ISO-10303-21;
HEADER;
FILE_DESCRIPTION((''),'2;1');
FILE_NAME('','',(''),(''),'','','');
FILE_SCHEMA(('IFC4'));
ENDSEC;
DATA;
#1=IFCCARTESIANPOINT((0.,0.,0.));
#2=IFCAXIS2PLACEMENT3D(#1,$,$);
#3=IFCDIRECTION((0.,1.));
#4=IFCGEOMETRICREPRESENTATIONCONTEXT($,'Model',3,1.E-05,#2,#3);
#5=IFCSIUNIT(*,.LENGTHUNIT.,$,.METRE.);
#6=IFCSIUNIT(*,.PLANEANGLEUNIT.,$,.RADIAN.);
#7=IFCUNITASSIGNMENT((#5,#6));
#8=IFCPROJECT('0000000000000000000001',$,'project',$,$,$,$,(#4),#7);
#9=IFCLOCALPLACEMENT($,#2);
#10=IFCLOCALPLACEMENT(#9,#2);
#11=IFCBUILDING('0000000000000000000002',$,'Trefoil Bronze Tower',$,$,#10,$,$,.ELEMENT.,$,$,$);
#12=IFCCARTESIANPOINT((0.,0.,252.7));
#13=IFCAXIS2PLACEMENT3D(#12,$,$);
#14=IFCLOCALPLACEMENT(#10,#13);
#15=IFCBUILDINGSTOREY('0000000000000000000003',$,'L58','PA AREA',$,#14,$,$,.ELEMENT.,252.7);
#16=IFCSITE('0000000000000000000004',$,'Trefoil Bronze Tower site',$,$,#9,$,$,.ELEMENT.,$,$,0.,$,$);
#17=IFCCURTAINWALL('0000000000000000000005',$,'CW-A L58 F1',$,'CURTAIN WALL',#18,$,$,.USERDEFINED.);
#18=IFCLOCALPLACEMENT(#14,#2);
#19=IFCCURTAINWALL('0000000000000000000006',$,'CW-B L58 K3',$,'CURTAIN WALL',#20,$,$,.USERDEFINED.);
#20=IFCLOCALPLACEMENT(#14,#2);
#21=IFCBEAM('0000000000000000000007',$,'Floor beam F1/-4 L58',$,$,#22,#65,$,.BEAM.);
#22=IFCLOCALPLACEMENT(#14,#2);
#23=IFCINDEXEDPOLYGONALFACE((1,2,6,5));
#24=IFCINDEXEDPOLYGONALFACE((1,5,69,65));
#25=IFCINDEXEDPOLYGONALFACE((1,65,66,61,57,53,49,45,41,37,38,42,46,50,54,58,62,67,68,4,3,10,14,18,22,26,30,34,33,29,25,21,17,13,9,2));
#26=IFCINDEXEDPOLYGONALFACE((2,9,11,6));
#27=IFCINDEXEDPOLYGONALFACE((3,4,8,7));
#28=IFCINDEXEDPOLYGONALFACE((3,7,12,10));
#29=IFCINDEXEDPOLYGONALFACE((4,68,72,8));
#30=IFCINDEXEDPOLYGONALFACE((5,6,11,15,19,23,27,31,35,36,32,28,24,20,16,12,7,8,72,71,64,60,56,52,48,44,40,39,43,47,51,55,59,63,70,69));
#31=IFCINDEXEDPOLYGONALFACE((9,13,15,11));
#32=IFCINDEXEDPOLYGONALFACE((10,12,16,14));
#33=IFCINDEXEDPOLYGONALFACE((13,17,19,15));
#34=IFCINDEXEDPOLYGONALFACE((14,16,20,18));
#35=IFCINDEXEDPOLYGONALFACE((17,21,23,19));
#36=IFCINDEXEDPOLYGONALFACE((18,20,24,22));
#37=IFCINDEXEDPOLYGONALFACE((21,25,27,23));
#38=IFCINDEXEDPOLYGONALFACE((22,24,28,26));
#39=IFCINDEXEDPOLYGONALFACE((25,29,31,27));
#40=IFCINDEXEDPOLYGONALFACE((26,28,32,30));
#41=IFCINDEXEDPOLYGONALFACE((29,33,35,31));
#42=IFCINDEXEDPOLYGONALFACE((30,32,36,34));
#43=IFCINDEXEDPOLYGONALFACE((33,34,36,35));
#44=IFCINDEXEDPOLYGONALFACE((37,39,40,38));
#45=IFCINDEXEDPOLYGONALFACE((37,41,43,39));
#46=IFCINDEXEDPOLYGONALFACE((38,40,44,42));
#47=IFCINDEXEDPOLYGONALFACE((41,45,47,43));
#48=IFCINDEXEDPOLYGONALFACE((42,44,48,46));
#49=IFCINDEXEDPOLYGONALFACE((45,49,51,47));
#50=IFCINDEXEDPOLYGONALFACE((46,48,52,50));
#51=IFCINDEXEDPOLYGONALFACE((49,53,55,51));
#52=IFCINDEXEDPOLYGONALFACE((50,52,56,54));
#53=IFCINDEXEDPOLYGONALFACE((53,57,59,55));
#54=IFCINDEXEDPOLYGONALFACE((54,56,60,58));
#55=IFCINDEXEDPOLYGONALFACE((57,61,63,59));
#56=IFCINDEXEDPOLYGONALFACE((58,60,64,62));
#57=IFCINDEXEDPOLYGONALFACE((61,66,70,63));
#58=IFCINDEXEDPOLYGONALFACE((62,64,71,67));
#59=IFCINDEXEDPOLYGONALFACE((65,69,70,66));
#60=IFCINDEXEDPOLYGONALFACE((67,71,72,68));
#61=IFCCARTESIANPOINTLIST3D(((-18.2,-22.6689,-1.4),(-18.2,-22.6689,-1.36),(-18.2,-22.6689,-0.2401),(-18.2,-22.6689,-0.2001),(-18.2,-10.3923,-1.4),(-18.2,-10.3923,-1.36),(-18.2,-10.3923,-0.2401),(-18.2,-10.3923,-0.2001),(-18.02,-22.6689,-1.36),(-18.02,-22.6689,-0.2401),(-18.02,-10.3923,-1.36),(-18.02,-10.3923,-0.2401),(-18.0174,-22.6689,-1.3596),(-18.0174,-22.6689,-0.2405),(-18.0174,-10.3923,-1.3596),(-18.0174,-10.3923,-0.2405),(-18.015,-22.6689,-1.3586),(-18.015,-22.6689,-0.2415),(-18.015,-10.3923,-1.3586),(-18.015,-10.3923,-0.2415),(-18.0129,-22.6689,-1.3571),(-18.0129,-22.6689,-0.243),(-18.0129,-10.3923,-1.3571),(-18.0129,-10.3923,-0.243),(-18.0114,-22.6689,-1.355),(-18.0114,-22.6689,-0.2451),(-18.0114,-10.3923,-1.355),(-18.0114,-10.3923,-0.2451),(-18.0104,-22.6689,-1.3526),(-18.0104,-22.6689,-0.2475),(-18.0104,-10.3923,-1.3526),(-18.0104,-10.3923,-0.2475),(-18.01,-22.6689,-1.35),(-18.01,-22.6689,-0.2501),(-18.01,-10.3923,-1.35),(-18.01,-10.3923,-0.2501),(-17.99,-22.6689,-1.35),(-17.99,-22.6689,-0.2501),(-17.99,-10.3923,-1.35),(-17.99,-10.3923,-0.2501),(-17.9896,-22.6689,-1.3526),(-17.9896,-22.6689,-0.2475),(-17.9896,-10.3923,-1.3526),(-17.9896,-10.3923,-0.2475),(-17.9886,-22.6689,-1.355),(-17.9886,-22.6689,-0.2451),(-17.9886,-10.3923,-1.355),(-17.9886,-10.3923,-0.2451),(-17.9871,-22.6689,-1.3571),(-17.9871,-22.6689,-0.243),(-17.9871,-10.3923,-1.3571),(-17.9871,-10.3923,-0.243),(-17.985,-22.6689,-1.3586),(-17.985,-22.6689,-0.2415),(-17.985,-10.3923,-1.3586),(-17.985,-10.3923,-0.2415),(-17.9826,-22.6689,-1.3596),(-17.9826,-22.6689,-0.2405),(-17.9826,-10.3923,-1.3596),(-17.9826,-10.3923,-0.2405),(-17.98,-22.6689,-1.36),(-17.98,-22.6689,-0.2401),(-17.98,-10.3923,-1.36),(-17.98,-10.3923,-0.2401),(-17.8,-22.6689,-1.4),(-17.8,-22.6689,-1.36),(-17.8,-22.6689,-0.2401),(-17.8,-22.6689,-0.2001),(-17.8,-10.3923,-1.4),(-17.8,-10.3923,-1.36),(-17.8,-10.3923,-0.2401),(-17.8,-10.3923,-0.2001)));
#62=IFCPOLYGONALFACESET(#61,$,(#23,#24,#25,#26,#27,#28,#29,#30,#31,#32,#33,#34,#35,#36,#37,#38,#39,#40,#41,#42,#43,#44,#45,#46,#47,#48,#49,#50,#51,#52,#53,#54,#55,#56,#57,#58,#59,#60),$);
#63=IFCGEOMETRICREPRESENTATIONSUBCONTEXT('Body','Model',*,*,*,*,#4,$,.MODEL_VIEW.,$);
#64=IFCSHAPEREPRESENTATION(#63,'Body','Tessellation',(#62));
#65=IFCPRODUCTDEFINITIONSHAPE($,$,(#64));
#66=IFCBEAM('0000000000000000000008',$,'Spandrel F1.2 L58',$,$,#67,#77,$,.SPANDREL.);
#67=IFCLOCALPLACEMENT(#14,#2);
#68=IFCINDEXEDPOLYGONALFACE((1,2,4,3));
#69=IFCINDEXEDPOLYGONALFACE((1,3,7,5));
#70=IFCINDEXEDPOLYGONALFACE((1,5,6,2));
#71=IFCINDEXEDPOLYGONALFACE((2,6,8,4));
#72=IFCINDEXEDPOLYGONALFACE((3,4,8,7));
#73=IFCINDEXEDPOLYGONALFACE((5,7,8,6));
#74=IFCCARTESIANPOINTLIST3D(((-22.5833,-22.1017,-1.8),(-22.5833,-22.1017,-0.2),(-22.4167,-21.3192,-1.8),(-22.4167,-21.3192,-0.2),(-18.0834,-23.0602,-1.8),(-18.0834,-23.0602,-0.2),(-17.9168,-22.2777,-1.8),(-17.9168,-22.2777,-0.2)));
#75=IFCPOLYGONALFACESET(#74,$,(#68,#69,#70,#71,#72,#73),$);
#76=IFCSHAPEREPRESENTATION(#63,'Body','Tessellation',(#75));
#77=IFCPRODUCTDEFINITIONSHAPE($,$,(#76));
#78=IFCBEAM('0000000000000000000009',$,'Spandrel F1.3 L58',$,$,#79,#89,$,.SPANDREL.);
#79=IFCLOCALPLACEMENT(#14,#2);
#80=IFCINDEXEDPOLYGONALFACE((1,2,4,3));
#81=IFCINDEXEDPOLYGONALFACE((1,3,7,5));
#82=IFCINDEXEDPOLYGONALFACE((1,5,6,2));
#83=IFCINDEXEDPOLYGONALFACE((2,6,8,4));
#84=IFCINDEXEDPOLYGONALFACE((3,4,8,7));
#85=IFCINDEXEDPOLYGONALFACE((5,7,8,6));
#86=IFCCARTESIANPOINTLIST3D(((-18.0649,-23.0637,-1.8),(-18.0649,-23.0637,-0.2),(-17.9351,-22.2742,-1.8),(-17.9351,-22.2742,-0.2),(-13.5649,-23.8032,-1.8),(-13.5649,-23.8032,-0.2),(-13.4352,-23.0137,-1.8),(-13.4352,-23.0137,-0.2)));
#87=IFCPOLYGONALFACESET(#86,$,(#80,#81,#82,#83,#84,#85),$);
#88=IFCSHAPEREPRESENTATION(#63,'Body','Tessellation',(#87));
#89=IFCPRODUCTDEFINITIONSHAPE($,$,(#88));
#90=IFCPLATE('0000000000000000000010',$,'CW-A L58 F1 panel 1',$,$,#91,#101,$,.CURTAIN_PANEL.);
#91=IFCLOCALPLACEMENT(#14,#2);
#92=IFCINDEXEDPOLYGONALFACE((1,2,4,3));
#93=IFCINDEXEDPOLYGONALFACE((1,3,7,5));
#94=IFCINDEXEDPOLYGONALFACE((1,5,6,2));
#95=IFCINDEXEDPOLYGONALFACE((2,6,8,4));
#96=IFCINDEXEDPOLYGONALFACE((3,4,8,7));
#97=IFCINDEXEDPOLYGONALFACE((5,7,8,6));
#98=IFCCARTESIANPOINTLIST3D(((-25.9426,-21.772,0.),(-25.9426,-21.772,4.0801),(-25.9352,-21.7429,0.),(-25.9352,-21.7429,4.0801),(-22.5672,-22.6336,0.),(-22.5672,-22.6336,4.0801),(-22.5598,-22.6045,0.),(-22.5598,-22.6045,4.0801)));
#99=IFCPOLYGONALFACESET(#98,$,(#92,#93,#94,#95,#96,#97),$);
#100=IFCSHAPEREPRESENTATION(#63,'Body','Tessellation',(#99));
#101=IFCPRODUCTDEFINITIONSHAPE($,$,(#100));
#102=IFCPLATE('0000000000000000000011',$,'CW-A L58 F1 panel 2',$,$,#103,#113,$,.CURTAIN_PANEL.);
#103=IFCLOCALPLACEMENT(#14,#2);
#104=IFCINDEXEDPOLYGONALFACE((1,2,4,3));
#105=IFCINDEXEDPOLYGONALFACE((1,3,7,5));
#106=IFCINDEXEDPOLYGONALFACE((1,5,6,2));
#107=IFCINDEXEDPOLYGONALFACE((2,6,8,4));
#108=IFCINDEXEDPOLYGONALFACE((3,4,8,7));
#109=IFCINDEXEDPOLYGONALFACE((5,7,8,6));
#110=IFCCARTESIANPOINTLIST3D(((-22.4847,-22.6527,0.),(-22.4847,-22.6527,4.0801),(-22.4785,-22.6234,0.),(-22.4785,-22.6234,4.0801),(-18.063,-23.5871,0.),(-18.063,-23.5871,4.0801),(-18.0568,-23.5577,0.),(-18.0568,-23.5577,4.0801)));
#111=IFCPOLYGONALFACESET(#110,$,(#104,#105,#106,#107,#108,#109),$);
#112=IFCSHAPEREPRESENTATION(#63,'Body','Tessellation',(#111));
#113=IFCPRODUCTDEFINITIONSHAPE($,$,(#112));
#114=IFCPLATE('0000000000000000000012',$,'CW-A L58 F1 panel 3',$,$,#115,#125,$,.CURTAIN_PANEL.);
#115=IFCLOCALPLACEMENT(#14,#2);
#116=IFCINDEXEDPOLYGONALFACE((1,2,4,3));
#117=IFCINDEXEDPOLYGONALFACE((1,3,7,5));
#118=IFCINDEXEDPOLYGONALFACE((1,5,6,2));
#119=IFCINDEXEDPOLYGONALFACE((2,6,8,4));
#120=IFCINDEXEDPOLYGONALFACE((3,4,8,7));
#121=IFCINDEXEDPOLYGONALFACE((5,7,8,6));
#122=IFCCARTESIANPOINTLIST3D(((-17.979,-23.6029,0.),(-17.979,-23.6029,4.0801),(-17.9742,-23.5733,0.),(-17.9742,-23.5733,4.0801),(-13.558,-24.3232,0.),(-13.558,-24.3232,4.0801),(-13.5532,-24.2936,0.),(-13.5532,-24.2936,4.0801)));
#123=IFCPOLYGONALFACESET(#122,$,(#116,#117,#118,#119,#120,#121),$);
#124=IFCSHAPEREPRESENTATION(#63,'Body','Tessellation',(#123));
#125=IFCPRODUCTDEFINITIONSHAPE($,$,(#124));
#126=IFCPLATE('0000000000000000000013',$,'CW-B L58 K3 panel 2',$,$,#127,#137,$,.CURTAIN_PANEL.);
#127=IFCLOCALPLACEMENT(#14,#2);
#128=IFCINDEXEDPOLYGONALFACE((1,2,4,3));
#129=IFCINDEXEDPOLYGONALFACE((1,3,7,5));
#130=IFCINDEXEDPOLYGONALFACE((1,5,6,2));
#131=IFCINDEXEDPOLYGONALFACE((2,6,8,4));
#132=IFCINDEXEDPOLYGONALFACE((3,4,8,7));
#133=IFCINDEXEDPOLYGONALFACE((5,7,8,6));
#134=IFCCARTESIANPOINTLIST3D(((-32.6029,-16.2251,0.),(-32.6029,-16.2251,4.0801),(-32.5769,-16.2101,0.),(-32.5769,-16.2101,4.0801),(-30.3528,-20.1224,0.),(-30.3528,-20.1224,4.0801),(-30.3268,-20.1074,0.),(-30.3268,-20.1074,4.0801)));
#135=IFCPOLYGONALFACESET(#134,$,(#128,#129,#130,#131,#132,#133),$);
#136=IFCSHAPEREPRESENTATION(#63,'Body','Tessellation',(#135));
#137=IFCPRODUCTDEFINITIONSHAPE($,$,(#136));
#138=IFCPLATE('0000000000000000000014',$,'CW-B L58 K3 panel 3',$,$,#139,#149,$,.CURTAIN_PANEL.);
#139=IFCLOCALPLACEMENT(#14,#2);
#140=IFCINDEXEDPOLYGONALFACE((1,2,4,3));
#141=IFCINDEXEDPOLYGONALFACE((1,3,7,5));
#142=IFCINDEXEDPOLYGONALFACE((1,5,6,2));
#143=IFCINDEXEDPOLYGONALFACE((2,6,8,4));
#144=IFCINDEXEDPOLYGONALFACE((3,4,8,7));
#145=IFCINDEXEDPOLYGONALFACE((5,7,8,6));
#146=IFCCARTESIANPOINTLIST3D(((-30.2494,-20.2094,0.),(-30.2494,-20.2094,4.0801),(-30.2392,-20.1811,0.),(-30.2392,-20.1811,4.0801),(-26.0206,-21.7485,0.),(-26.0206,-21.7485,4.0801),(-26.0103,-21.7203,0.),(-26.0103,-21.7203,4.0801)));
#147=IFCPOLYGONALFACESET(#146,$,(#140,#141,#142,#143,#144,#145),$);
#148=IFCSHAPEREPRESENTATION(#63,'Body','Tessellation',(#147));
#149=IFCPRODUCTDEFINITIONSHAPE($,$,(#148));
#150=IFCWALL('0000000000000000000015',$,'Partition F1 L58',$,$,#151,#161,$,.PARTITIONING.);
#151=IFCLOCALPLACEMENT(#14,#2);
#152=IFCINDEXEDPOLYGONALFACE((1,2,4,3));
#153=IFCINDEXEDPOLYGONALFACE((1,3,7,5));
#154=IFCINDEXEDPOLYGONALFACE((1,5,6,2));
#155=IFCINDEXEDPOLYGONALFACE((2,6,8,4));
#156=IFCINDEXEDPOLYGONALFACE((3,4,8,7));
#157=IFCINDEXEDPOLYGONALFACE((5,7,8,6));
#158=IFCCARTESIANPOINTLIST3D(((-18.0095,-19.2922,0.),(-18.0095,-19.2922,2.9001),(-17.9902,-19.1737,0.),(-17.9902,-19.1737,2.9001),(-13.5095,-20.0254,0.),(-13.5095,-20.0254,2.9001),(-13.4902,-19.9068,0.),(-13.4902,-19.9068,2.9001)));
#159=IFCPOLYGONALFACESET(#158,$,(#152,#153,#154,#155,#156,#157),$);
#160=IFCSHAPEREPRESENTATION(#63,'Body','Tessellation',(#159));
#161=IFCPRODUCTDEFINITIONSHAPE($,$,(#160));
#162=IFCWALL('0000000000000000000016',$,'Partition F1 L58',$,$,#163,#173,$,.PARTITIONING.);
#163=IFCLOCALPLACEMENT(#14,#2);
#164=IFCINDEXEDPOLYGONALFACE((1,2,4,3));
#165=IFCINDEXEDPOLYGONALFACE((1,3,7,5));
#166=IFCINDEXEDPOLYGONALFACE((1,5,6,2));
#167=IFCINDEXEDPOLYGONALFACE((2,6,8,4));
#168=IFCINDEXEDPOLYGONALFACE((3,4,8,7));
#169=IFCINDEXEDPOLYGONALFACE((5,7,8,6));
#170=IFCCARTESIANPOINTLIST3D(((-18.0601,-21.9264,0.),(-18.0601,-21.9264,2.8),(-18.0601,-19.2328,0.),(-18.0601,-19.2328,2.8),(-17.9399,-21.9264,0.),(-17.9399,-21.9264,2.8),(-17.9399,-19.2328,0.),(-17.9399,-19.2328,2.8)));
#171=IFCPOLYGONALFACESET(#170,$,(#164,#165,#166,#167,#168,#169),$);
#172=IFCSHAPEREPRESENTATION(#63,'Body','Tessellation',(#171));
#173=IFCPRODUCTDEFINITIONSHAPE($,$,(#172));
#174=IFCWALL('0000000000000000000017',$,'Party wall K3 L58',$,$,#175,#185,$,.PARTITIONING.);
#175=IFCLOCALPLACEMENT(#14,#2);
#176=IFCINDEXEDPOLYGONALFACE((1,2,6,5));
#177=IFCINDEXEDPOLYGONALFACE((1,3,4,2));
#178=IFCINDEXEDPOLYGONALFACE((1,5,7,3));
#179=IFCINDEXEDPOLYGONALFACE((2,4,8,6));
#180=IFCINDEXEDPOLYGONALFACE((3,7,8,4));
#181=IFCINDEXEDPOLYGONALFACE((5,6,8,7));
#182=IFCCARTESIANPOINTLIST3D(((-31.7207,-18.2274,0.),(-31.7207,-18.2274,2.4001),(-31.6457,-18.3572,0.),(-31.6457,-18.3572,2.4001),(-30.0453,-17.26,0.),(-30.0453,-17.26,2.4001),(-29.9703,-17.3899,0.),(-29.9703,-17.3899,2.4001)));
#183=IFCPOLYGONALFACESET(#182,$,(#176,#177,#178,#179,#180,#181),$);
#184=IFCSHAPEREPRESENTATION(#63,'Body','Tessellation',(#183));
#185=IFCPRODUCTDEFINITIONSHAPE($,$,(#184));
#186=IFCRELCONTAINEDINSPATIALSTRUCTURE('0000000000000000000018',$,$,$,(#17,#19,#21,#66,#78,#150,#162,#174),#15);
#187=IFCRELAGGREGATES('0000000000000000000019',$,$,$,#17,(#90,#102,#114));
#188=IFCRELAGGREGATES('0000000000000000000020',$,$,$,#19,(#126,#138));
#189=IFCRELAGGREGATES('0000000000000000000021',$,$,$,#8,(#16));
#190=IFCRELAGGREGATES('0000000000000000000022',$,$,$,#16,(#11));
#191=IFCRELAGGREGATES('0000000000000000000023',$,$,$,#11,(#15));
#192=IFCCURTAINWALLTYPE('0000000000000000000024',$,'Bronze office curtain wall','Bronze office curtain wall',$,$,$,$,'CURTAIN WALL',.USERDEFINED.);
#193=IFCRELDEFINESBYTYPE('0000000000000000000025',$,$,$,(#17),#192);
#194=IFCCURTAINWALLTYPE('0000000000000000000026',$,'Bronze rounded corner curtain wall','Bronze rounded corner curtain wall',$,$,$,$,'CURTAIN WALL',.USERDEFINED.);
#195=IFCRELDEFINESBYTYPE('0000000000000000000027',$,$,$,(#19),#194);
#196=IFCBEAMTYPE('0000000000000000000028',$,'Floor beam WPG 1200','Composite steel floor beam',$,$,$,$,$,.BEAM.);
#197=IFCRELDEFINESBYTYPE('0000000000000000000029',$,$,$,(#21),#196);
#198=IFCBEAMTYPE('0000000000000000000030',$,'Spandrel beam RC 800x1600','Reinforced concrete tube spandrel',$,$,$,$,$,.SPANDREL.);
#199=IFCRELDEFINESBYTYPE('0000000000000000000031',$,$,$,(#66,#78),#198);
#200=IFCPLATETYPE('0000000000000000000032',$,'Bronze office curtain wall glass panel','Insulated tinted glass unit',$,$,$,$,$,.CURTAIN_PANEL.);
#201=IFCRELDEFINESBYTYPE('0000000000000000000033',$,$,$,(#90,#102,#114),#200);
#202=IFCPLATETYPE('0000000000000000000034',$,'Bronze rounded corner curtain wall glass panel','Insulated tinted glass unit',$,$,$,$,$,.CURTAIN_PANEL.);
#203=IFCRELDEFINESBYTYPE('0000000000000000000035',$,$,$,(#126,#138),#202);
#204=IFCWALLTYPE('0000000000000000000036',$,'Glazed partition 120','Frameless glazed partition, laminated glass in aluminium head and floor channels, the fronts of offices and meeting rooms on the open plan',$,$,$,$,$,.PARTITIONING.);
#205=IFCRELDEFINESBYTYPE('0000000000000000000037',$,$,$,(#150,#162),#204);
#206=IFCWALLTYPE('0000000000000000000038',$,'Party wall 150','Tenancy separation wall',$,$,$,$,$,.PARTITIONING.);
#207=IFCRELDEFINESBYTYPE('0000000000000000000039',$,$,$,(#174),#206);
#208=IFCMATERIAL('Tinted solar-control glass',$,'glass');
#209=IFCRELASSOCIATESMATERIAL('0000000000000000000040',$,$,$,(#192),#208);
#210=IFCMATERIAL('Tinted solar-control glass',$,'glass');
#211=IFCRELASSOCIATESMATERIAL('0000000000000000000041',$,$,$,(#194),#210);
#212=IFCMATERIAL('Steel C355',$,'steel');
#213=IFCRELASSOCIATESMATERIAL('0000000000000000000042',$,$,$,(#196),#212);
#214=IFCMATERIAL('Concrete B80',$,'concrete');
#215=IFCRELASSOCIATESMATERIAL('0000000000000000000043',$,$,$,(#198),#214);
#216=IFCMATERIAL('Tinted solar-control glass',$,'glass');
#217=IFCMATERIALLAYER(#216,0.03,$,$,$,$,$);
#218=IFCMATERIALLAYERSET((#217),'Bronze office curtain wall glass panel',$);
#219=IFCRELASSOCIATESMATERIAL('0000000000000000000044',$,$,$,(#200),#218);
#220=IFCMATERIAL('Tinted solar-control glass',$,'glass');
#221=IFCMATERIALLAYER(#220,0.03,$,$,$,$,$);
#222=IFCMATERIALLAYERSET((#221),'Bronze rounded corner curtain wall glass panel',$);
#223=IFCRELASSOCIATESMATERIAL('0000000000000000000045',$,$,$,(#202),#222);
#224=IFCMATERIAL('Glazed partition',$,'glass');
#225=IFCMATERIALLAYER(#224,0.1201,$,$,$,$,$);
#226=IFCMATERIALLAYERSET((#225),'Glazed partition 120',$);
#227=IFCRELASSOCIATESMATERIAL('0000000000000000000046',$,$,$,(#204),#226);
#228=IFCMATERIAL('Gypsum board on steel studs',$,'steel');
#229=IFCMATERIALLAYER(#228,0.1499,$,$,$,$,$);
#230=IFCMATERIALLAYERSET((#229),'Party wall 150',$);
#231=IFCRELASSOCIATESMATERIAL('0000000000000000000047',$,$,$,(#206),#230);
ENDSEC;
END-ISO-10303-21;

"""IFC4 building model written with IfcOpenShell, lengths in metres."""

from ifc_helpers import new_model, si_unit, direction, frame, frame_2d, origin, origin_2d, place, context, subcontext, project, spatial, rectangle, i_section, extrude, material, layer, layer_set, material_profile, profile_set, type_object, element, aggregate, save


model = new_model("IFC4")

# Units and contexts
model_context = context("Model", 3, precision=1e-05, world=origin(), true_north=direction((0.0, 1.0)))
body_context = subcontext(model_context, "Body", "Model", "MODEL_VIEW")
ifc_project = project(units=[si_unit("LENGTHUNIT", "METRE"), si_unit("PLANEANGLEUNIT", "RADIAN")], contexts=[model_context])

# Site, building, storey
site_placement = place(None, origin())
site = spatial("IfcSite", under=ifc_project, at=site_placement, Name="Trefoil Bronze Tower site", CompositionType="ELEMENT", RefElevation=0.0)
building_placement = place(site_placement, origin())
building = spatial("IfcBuilding", under=site, at=building_placement, Name="Trefoil Bronze Tower", CompositionType="ELEMENT")
storey_placement = place(building_placement, frame((0.0, 0.0, 252.7)))
storey = spatial("IfcBuildingStorey", under=building, at=storey_placement, Name="L58", Description="PA AREA", CompositionType="ELEMENT", Elevation=252.7)

# Curtain walls
ifc_material_1 = material(Name="Tinted solar-control glass", Category="glass")
curtain_wall_type_1 = type_object("IfcCurtainWallType", Name="Bronze office curtain wall", Description="Bronze office curtain wall", ElementType="CURTAIN WALL", PredefinedType="USERDEFINED", material=ifc_material_1)
curtain_wall_1_placement = place(storey_placement, origin())
curtain_wall_1 = element("IfcCurtainWall", 1, at=curtain_wall_1_placement, inside=storey, type_object=curtain_wall_type_1, Name="CW-A L58 F1", ObjectType="CURTAIN WALL", PredefinedType="USERDEFINED")
ifc_material_2 = material(Name="Tinted solar-control glass", Category="glass")
curtain_wall_type_2 = type_object("IfcCurtainWallType", Name="Bronze rounded corner curtain wall", Description="Bronze rounded corner curtain wall", ElementType="CURTAIN WALL", PredefinedType="USERDEFINED", material=ifc_material_2)
curtain_wall_2_placement = place(storey_placement, origin())
curtain_wall_2 = element("IfcCurtainWall", 2, at=curtain_wall_2_placement, inside=storey, type_object=curtain_wall_type_2, Name="CW-B L58 K3", ObjectType="CURTAIN WALL", PredefinedType="USERDEFINED")

# Beams
ifc_material_3 = material(Name="Steel C355", Category="steel")
ifc_material_profile_1 = material_profile(ifc_material_3, i_section(OverallWidth=0.3999, OverallDepth=1.2, WebThickness=0.02, FlangeThickness=0.04, FilletRadius=0.01, at=origin_2d()), Name="WPG 1200")
ifc_profile_set_1 = profile_set([ifc_material_profile_1], Name="Steel C355")
beam_type_1 = type_object("IfcBeamType", Name="Floor beam WPG 1200", Description="Composite steel floor beam", PredefinedType="BEAM", material=ifc_profile_set_1)
beam_1_placement = place(storey_placement, frame((-18.0, -22.6689, -0.8), z_axis=(0.0, 1.0, 0.0), x_axis=(-1.0, 0.0, 0.0)))
element("IfcBeam", 3, at=beam_1_placement, inside=storey, type_object=beam_type_1, Name="Floor beam F1/-4 L58", PredefinedType="BEAM", context=body_context, shape_type="SweptSolid", body=[
    extrude(i_section(OverallWidth=0.3999, OverallDepth=1.2, WebThickness=0.02, FlangeThickness=0.04, FilletRadius=0.01, at=origin_2d()), origin(), (0.0, 0.0, 1.0), 12.2766),
])
ifc_material_4 = material(Name="Concrete B80", Category="concrete")
ifc_material_profile_2 = material_profile(ifc_material_4, rectangle(XDim=0.8, YDim=1.6001, at=origin_2d()), Name="RC 800x1600")
ifc_profile_set_2 = profile_set([ifc_material_profile_2], Name="Concrete B80")
beam_type_2 = type_object("IfcBeamType", Name="Spandrel beam RC 800x1600", Description="Reinforced concrete tube spandrel", PredefinedType="SPANDREL", material=ifc_profile_set_2)
beam_2_placement = place(storey_placement, frame((-22.5, -21.7104, -1.0), z_axis=(0.978059, -0.208326, 0.0), x_axis=(0.208326, 0.978059, 0.0)))
element("IfcBeam", 4, at=beam_2_placement, inside=storey, type_object=beam_type_2, Name="Spandrel F1.2 L58", PredefinedType="SPANDREL", context=body_context, shape_type="SweptSolid", body=[
    extrude(rectangle(XDim=0.8, YDim=1.6001, at=origin_2d()), origin(), (0.0, 0.0, 1.0), 4.6008),
])
beam_3_placement = place(storey_placement, frame((-18.0, -22.6689, -1.0), z_axis=(0.986765, -0.162159, 0.0), x_axis=(0.162159, 0.986765, 0.0)))
element("IfcBeam", 5, at=beam_3_placement, inside=storey, type_object=beam_type_2, Name="Spandrel F1.3 L58", PredefinedType="SPANDREL", context=body_context, shape_type="SweptSolid", body=[
    extrude(rectangle(XDim=0.8, YDim=1.6001, at=origin_2d()), origin(), (0.0, 0.0, 1.0), 4.5603),
])

# Plates
ifc_material_5 = material(Name="Tinted solar-control glass", Category="glass")
ifc_layer_1 = layer(ifc_material_5, 0.03)
ifc_layer_set_1 = layer_set([ifc_layer_1], Name="Bronze office curtain wall glass panel")
plate_type_1 = type_object("IfcPlateType", Name="Bronze office curtain wall glass panel", Description="Insulated tinted glass unit", PredefinedType="CURTAIN_PANEL", material=ifc_layer_set_1)
plate_1_placement = place(storey_placement, frame((-24.2512, -22.1882, 0.0), z_axis=(0.0, 0.0, 1.0), x_axis=(0.968934, -0.247319, 0.0)))
plate_1 = element("IfcPlate", 6, at=plate_1_placement, type_object=plate_type_1, Name="CW-A L58 F1 panel 1", PredefinedType="CURTAIN_PANEL", context=body_context, shape_type="SweptSolid", body=[
    extrude(rectangle(XDim=3.4836, YDim=0.03, at=origin_2d()), origin(), (0.0, 0.0, 1.0), 4.0801),
])
plate_2_placement = place(storey_placement, frame((-20.2708, -23.1052, 0.0), z_axis=(0.0, 0.0, 1.0), x_axis=(0.978394, -0.206747, 0.0)))
plate_2 = element("IfcPlate", 7, at=plate_2_placement, type_object=plate_type_1, Name="CW-A L58 F1 panel 2", PredefinedType="CURTAIN_PANEL", context=body_context, shape_type="SweptSolid", body=[
    extrude(rectangle(XDim=4.5193, YDim=0.03, at=origin_2d()), origin(), (0.0, 0.0, 1.0), 4.0801),
])
plate_3_placement = place(storey_placement, frame((-15.7661, -23.9482, 0.0), z_axis=(0.0, 0.0, 1.0), x_axis=(0.986987, -0.160803, 0.0)))
plate_3 = element("IfcPlate", 8, at=plate_3_placement, type_object=plate_type_1, Name="CW-A L58 F1 panel 3", PredefinedType="CURTAIN_PANEL", context=body_context, shape_type="SweptSolid", body=[
    extrude(rectangle(XDim=4.4792, YDim=0.03, at=origin_2d()), origin(), (0.0, 0.0, 1.0), 4.0801),
])
aggregate(curtain_wall_1, [plate_1, plate_2, plate_3])
ifc_material_6 = material(Name="Tinted solar-control glass", Category="glass")
ifc_layer_2 = layer(ifc_material_6, 0.03)
ifc_layer_set_2 = layer_set([ifc_layer_2], Name="Bronze rounded corner curtain wall glass panel")
plate_type_2 = type_object("IfcPlateType", Name="Bronze rounded corner curtain wall glass panel", Description="Insulated tinted glass unit", PredefinedType="CURTAIN_PANEL", material=ifc_layer_set_2)
plate_4_placement = place(storey_placement, frame((-31.4648, -18.1663, 0.0), z_axis=(0.0, 0.0, 1.0), x_axis=(0.5, -0.866025, 0.0)))
plate_4 = element("IfcPlate", 9, at=plate_4_placement, type_object=plate_type_2, Name="CW-B L58 K3 panel 2", PredefinedType="CURTAIN_PANEL", context=body_context, shape_type="SweptSolid", body=[
    extrude(rectangle(XDim=4.5002, YDim=0.03, at=origin_2d()), origin(), (0.0, 0.0, 1.0), 4.0801),
])
plate_5_placement = place(storey_placement, frame((-28.1299, -20.9648, 0.0), z_axis=(0.0, 0.0, 1.0), x_axis=(0.939693, -0.34202, 0.0)))
plate_5 = element("IfcPlate", 10, at=plate_5_placement, type_object=plate_type_2, Name="CW-B L58 K3 panel 3", PredefinedType="CURTAIN_PANEL", context=body_context, shape_type="SweptSolid", body=[
    extrude(rectangle(XDim=4.5002, YDim=0.03, at=origin_2d()), origin(), (0.0, 0.0, 1.0), 4.0801),
])
aggregate(curtain_wall_2, [plate_4, plate_5])

# Walls
ifc_material_7 = material(Name="Glazed partition", Category="glass")
ifc_layer_3 = layer(ifc_material_7, 0.1201)
ifc_layer_set_3 = layer_set([ifc_layer_3], Name="Glazed partition 120")
wall_type_1 = type_object("IfcWallType", Name="Glazed partition 120", Description="Frameless glazed partition, laminated glass in aluminium head and floor channels, the fronts of offices and meeting rooms on the open plan", PredefinedType="PARTITIONING", material=ifc_layer_set_3)
wall_1_placement = place(storey_placement, frame((-18.0, -19.2329, 0.0), z_axis=(0.0, 0.0, 1.0), x_axis=(0.986987, -0.160803, 0.0)))
element("IfcWall", 11, at=wall_1_placement, inside=storey, type_object=wall_type_1, Name="Partition F1 L58", PredefinedType="PARTITIONING", context=body_context, shape_type="SweptSolid", body=[
    extrude(rectangle(XDim=4.5593, YDim=0.1201, at=frame_2d((2.2798, 0.0))), origin(), (0.0, 0.0, 1.0), 2.9001),
])
wall_2_placement = place(storey_placement, frame((-18.0, -19.2329, 0.0), z_axis=(0.0, 0.0, 1.0), x_axis=(0.0, -1.0, 0.0)))
element("IfcWall", 12, at=wall_2_placement, inside=storey, type_object=wall_type_1, Name="Partition F1 L58", PredefinedType="PARTITIONING", context=body_context, shape_type="SweptSolid", body=[
    extrude(rectangle(XDim=2.6936, YDim=0.1201, at=frame_2d((1.3467, 0.0))), origin(), (0.0, 0.0, 1.0), 2.8),
])
ifc_material_8 = material(Name="Gypsum board on steel studs", Category="steel")
ifc_layer_4 = layer(ifc_material_8, 0.1499)
ifc_layer_set_4 = layer_set([ifc_layer_4], Name="Party wall 150")
wall_type_2 = type_object("IfcWallType", Name="Party wall 150", Description="Tenancy separation wall", PredefinedType="PARTITIONING", material=ifc_layer_set_4)
wall_3_placement = place(storey_placement, frame((-30.0078, -17.325, 0.0), z_axis=(0.0, 0.0, 1.0), x_axis=(-0.866013, -0.500021, 0.0)))
element("IfcWall", 13, at=wall_3_placement, inside=storey, type_object=wall_type_2, Name="Party wall K3 L58", PredefinedType="PARTITIONING", context=body_context, shape_type="SweptSolid", body=[
    extrude(rectangle(XDim=1.9346, YDim=0.1499, at=frame_2d((0.9673, 0.0))), origin(), (0.0, 0.0, 1.0), 2.4001),
])

save(model, "model.ifc")
